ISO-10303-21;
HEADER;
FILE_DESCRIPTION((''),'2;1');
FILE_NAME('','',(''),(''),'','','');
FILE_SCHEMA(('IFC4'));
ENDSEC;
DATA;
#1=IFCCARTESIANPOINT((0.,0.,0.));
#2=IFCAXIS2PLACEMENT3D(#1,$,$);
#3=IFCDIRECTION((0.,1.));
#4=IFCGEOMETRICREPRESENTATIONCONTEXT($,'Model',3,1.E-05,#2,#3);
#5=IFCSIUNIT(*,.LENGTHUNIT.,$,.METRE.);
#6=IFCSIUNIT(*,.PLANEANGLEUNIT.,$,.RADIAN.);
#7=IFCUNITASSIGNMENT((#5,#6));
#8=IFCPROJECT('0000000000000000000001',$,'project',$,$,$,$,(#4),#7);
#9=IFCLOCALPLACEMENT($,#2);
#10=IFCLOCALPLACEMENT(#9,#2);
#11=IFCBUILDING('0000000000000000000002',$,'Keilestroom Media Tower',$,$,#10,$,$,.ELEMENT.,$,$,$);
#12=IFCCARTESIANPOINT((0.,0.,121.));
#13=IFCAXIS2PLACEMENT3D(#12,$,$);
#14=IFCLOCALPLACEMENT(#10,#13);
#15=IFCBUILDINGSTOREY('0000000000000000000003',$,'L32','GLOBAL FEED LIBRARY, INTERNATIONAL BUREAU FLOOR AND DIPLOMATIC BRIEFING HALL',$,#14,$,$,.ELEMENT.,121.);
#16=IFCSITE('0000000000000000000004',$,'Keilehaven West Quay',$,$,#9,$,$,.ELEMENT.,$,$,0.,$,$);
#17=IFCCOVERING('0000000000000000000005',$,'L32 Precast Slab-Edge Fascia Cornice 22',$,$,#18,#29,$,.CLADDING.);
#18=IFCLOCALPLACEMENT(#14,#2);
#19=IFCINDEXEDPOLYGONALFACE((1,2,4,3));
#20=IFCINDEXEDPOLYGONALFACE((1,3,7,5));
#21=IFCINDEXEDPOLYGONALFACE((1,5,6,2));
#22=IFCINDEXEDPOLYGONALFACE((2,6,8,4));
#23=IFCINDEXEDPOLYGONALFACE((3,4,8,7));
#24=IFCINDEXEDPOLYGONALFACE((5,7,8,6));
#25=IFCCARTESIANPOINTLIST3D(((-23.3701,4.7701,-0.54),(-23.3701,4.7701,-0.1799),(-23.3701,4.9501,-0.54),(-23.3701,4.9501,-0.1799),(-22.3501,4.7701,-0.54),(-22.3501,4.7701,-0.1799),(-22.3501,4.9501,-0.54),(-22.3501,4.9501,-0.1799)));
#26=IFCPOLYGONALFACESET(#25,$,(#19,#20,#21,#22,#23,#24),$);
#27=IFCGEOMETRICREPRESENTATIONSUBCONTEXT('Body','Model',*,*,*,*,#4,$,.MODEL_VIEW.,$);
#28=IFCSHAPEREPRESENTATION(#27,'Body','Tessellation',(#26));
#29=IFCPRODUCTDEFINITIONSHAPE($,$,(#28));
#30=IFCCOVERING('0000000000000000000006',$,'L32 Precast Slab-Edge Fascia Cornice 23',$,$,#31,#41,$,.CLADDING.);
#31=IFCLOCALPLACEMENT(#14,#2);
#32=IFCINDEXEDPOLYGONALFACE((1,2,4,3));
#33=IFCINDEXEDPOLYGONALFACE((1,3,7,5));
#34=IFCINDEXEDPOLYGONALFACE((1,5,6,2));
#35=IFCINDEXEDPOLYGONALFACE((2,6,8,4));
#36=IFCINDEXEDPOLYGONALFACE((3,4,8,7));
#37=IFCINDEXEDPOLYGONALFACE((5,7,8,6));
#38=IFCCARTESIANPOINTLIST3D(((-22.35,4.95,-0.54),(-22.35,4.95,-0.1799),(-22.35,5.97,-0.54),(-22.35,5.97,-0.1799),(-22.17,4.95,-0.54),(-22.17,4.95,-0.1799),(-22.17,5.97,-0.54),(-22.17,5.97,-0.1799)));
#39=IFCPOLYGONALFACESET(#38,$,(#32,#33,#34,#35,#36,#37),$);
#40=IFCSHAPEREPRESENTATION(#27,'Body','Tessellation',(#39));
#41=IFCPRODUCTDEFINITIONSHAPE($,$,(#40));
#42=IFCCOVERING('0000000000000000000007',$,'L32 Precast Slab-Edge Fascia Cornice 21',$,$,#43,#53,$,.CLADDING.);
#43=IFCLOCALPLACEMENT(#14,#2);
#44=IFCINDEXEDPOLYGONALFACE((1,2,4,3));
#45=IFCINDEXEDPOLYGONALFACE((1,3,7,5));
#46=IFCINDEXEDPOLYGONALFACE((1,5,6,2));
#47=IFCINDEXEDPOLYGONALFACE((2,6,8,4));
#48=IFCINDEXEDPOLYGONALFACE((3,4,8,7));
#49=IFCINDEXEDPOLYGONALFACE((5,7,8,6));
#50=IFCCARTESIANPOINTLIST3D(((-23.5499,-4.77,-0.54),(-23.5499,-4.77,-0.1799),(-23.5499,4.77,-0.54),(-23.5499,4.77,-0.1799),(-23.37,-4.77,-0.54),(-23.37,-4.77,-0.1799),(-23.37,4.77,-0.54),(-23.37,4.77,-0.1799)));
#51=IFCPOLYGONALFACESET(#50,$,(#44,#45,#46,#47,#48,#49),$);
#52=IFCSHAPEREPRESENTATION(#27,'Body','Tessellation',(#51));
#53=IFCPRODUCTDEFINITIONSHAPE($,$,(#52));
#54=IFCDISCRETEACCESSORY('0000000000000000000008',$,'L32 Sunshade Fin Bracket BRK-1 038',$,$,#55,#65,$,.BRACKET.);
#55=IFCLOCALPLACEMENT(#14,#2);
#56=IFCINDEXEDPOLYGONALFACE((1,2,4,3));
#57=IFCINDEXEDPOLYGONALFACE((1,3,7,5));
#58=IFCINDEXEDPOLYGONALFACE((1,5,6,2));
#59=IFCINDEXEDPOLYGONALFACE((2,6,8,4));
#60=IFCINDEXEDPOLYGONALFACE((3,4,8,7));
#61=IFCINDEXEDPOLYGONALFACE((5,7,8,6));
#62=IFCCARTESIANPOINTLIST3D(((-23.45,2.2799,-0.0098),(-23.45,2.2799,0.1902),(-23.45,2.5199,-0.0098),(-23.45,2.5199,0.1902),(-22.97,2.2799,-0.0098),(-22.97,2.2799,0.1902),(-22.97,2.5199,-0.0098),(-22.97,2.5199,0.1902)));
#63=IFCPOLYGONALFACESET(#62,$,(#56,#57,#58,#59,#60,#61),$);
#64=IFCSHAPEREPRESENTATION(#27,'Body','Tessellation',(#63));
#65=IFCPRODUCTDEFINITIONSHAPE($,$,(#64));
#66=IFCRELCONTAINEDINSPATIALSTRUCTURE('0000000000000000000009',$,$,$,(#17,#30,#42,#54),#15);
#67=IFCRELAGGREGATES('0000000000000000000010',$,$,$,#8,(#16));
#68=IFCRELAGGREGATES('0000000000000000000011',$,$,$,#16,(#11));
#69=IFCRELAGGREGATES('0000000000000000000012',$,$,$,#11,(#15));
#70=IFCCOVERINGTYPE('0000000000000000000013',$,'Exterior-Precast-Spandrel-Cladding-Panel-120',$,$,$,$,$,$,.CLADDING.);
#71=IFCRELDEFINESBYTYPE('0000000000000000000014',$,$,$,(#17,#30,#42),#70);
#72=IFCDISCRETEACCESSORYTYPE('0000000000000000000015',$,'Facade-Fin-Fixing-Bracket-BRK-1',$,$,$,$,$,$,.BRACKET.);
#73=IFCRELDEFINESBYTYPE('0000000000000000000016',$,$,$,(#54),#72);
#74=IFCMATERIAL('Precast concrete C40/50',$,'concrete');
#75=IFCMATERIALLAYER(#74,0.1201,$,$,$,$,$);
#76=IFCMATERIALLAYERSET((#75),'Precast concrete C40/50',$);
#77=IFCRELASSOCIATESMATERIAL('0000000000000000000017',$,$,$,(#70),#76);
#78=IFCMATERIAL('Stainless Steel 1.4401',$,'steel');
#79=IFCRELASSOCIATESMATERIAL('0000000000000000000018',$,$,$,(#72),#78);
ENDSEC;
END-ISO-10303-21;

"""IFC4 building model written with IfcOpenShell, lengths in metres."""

from ifc_helpers import new_model, si_unit, direction, frame, origin, origin_2d, place, context, subcontext, project, spatial, rectangle, extrude, source, transform, mapped, material, layer, layer_set, type_object, element, save


model = new_model("IFC4")

# Units and contexts
model_context = context("Model", 3, precision=1e-05, world=origin(), true_north=direction((0.0, 1.0)))
body_context = subcontext(model_context, "Body", "Model", "MODEL_VIEW")
ifc_project = project(units=[si_unit("LENGTHUNIT", "METRE"), si_unit("PLANEANGLEUNIT", "RADIAN")], contexts=[model_context])

# Site, building, storey
site_placement = place(None, origin())
site = spatial("IfcSite", under=ifc_project, at=site_placement, Name="Keilehaven West Quay", CompositionType="ELEMENT", RefElevation=0.0)
building_placement = place(site_placement, origin())
building = spatial("IfcBuilding", under=site, at=building_placement, Name="Keilestroom Media Tower", CompositionType="ELEMENT")
storey_placement = place(building_placement, frame((0.0, 0.0, 121.0)))
storey = spatial("IfcBuildingStorey", under=building, at=storey_placement, Name="L32", Description="GLOBAL FEED LIBRARY, INTERNATIONAL BUREAU FLOOR AND DIPLOMATIC BRIEFING HALL", CompositionType="ELEMENT", Elevation=121.0)

# Shared definitions
ifc_material_1 = material(Name="Precast concrete C40/50", Category="concrete")

# Coverings
ifc_layer_1 = layer(ifc_material_1, 0.1201)
ifc_layer_set_1 = layer_set([ifc_layer_1], Name="Precast concrete C40/50")
covering_type = type_object("IfcCoveringType", Name="Exterior-Precast-Spandrel-Cladding-Panel-120", PredefinedType="CLADDING", material=ifc_layer_set_1)
shared_shape_1 = source(origin(), body_context, "Body", "SweptSolid", [
    extrude(rectangle(XDim=1.02, YDim=0.1799, at=origin_2d()), origin(), (0.0, 0.0, 1.0), 0.3601),
])
for number, where, z_axis, x_axis, name in (
    (1, (-22.8601, 4.8601, -0.54), (0.0, 0.0, 1.0), (1.0, 0.0, 0.0), "L32 Precast Slab-Edge Fascia Cornice 22"),
    (2, (-22.26, 5.46, -0.54), (0.0, 0.0, 1.0), (0.0, 1.0, 0.0), "L32 Precast Slab-Edge Fascia Cornice 23"),
):
    element("IfcCovering", number, at=place(storey_placement, frame(where, z_axis=z_axis, x_axis=x_axis)), inside=storey, type_object=covering_type, Name=name, PredefinedType="CLADDING", context=body_context, shape_type="MappedRepresentation", body=[
        mapped(shared_shape_1, transform((0.0, 0.0, 0.0), x_axis=(1.0, 0.0, 0.0), y_axis=(0.0, 1.0, 0.0), z_axis=(0.0, 0.0, 1.0), scale=1.0)),
    ])
shared_shape_2 = source(origin(), body_context, "Body", "SweptSolid", [
    extrude(rectangle(XDim=9.54, YDim=0.1799, at=origin_2d()), origin(), (0.0, 0.0, 1.0), 0.3601),
])
covering_placement = place(storey_placement, frame((-23.46, 0.0, -0.54), z_axis=(0.0, 0.0, 1.0), x_axis=(0.0, 1.0, 0.0)))
element("IfcCovering", 3, at=covering_placement, inside=storey, type_object=covering_type, Name="L32 Precast Slab-Edge Fascia Cornice 21", PredefinedType="CLADDING", context=body_context, shape_type="MappedRepresentation", body=[
    mapped(shared_shape_2, transform((0.0, 0.0, 0.0), x_axis=(1.0, 0.0, 0.0), y_axis=(0.0, 1.0, 0.0), z_axis=(0.0, 0.0, 1.0), scale=1.0)),
])

# Discrete accessory
ifc_material_2 = material(Name="Stainless Steel 1.4401", Category="steel")
discrete_accessory_type = type_object("IfcDiscreteAccessoryType", Name="Facade-Fin-Fixing-Bracket-BRK-1", PredefinedType="BRACKET", material=ifc_material_2)
shared_shape_3 = source(origin(), body_context, "Body", "SweptSolid", [
    extrude(rectangle(XDim=0.48, YDim=0.24, at=origin_2d()), origin(), (0.0, 0.0, 1.0), 0.2),
])
discrete_accessory_placement = place(storey_placement, frame((-23.21, 2.3999, -0.0098), z_axis=(0.0, 0.0, 1.0), x_axis=(1.0, 0.0, 0.0)))
element("IfcDiscreteAccessory", 4, at=discrete_accessory_placement, inside=storey, type_object=discrete_accessory_type, Name="L32 Sunshade Fin Bracket BRK-1 038", PredefinedType="BRACKET", context=body_context, shape_type="MappedRepresentation", body=[
    mapped(shared_shape_3, transform((0.0, 0.0, 0.0), x_axis=(1.0, 0.0, 0.0), y_axis=(0.0, 1.0, 0.0), z_axis=(0.0, 0.0, 1.0), scale=1.0)),
])

save(model, "model.ifc")
